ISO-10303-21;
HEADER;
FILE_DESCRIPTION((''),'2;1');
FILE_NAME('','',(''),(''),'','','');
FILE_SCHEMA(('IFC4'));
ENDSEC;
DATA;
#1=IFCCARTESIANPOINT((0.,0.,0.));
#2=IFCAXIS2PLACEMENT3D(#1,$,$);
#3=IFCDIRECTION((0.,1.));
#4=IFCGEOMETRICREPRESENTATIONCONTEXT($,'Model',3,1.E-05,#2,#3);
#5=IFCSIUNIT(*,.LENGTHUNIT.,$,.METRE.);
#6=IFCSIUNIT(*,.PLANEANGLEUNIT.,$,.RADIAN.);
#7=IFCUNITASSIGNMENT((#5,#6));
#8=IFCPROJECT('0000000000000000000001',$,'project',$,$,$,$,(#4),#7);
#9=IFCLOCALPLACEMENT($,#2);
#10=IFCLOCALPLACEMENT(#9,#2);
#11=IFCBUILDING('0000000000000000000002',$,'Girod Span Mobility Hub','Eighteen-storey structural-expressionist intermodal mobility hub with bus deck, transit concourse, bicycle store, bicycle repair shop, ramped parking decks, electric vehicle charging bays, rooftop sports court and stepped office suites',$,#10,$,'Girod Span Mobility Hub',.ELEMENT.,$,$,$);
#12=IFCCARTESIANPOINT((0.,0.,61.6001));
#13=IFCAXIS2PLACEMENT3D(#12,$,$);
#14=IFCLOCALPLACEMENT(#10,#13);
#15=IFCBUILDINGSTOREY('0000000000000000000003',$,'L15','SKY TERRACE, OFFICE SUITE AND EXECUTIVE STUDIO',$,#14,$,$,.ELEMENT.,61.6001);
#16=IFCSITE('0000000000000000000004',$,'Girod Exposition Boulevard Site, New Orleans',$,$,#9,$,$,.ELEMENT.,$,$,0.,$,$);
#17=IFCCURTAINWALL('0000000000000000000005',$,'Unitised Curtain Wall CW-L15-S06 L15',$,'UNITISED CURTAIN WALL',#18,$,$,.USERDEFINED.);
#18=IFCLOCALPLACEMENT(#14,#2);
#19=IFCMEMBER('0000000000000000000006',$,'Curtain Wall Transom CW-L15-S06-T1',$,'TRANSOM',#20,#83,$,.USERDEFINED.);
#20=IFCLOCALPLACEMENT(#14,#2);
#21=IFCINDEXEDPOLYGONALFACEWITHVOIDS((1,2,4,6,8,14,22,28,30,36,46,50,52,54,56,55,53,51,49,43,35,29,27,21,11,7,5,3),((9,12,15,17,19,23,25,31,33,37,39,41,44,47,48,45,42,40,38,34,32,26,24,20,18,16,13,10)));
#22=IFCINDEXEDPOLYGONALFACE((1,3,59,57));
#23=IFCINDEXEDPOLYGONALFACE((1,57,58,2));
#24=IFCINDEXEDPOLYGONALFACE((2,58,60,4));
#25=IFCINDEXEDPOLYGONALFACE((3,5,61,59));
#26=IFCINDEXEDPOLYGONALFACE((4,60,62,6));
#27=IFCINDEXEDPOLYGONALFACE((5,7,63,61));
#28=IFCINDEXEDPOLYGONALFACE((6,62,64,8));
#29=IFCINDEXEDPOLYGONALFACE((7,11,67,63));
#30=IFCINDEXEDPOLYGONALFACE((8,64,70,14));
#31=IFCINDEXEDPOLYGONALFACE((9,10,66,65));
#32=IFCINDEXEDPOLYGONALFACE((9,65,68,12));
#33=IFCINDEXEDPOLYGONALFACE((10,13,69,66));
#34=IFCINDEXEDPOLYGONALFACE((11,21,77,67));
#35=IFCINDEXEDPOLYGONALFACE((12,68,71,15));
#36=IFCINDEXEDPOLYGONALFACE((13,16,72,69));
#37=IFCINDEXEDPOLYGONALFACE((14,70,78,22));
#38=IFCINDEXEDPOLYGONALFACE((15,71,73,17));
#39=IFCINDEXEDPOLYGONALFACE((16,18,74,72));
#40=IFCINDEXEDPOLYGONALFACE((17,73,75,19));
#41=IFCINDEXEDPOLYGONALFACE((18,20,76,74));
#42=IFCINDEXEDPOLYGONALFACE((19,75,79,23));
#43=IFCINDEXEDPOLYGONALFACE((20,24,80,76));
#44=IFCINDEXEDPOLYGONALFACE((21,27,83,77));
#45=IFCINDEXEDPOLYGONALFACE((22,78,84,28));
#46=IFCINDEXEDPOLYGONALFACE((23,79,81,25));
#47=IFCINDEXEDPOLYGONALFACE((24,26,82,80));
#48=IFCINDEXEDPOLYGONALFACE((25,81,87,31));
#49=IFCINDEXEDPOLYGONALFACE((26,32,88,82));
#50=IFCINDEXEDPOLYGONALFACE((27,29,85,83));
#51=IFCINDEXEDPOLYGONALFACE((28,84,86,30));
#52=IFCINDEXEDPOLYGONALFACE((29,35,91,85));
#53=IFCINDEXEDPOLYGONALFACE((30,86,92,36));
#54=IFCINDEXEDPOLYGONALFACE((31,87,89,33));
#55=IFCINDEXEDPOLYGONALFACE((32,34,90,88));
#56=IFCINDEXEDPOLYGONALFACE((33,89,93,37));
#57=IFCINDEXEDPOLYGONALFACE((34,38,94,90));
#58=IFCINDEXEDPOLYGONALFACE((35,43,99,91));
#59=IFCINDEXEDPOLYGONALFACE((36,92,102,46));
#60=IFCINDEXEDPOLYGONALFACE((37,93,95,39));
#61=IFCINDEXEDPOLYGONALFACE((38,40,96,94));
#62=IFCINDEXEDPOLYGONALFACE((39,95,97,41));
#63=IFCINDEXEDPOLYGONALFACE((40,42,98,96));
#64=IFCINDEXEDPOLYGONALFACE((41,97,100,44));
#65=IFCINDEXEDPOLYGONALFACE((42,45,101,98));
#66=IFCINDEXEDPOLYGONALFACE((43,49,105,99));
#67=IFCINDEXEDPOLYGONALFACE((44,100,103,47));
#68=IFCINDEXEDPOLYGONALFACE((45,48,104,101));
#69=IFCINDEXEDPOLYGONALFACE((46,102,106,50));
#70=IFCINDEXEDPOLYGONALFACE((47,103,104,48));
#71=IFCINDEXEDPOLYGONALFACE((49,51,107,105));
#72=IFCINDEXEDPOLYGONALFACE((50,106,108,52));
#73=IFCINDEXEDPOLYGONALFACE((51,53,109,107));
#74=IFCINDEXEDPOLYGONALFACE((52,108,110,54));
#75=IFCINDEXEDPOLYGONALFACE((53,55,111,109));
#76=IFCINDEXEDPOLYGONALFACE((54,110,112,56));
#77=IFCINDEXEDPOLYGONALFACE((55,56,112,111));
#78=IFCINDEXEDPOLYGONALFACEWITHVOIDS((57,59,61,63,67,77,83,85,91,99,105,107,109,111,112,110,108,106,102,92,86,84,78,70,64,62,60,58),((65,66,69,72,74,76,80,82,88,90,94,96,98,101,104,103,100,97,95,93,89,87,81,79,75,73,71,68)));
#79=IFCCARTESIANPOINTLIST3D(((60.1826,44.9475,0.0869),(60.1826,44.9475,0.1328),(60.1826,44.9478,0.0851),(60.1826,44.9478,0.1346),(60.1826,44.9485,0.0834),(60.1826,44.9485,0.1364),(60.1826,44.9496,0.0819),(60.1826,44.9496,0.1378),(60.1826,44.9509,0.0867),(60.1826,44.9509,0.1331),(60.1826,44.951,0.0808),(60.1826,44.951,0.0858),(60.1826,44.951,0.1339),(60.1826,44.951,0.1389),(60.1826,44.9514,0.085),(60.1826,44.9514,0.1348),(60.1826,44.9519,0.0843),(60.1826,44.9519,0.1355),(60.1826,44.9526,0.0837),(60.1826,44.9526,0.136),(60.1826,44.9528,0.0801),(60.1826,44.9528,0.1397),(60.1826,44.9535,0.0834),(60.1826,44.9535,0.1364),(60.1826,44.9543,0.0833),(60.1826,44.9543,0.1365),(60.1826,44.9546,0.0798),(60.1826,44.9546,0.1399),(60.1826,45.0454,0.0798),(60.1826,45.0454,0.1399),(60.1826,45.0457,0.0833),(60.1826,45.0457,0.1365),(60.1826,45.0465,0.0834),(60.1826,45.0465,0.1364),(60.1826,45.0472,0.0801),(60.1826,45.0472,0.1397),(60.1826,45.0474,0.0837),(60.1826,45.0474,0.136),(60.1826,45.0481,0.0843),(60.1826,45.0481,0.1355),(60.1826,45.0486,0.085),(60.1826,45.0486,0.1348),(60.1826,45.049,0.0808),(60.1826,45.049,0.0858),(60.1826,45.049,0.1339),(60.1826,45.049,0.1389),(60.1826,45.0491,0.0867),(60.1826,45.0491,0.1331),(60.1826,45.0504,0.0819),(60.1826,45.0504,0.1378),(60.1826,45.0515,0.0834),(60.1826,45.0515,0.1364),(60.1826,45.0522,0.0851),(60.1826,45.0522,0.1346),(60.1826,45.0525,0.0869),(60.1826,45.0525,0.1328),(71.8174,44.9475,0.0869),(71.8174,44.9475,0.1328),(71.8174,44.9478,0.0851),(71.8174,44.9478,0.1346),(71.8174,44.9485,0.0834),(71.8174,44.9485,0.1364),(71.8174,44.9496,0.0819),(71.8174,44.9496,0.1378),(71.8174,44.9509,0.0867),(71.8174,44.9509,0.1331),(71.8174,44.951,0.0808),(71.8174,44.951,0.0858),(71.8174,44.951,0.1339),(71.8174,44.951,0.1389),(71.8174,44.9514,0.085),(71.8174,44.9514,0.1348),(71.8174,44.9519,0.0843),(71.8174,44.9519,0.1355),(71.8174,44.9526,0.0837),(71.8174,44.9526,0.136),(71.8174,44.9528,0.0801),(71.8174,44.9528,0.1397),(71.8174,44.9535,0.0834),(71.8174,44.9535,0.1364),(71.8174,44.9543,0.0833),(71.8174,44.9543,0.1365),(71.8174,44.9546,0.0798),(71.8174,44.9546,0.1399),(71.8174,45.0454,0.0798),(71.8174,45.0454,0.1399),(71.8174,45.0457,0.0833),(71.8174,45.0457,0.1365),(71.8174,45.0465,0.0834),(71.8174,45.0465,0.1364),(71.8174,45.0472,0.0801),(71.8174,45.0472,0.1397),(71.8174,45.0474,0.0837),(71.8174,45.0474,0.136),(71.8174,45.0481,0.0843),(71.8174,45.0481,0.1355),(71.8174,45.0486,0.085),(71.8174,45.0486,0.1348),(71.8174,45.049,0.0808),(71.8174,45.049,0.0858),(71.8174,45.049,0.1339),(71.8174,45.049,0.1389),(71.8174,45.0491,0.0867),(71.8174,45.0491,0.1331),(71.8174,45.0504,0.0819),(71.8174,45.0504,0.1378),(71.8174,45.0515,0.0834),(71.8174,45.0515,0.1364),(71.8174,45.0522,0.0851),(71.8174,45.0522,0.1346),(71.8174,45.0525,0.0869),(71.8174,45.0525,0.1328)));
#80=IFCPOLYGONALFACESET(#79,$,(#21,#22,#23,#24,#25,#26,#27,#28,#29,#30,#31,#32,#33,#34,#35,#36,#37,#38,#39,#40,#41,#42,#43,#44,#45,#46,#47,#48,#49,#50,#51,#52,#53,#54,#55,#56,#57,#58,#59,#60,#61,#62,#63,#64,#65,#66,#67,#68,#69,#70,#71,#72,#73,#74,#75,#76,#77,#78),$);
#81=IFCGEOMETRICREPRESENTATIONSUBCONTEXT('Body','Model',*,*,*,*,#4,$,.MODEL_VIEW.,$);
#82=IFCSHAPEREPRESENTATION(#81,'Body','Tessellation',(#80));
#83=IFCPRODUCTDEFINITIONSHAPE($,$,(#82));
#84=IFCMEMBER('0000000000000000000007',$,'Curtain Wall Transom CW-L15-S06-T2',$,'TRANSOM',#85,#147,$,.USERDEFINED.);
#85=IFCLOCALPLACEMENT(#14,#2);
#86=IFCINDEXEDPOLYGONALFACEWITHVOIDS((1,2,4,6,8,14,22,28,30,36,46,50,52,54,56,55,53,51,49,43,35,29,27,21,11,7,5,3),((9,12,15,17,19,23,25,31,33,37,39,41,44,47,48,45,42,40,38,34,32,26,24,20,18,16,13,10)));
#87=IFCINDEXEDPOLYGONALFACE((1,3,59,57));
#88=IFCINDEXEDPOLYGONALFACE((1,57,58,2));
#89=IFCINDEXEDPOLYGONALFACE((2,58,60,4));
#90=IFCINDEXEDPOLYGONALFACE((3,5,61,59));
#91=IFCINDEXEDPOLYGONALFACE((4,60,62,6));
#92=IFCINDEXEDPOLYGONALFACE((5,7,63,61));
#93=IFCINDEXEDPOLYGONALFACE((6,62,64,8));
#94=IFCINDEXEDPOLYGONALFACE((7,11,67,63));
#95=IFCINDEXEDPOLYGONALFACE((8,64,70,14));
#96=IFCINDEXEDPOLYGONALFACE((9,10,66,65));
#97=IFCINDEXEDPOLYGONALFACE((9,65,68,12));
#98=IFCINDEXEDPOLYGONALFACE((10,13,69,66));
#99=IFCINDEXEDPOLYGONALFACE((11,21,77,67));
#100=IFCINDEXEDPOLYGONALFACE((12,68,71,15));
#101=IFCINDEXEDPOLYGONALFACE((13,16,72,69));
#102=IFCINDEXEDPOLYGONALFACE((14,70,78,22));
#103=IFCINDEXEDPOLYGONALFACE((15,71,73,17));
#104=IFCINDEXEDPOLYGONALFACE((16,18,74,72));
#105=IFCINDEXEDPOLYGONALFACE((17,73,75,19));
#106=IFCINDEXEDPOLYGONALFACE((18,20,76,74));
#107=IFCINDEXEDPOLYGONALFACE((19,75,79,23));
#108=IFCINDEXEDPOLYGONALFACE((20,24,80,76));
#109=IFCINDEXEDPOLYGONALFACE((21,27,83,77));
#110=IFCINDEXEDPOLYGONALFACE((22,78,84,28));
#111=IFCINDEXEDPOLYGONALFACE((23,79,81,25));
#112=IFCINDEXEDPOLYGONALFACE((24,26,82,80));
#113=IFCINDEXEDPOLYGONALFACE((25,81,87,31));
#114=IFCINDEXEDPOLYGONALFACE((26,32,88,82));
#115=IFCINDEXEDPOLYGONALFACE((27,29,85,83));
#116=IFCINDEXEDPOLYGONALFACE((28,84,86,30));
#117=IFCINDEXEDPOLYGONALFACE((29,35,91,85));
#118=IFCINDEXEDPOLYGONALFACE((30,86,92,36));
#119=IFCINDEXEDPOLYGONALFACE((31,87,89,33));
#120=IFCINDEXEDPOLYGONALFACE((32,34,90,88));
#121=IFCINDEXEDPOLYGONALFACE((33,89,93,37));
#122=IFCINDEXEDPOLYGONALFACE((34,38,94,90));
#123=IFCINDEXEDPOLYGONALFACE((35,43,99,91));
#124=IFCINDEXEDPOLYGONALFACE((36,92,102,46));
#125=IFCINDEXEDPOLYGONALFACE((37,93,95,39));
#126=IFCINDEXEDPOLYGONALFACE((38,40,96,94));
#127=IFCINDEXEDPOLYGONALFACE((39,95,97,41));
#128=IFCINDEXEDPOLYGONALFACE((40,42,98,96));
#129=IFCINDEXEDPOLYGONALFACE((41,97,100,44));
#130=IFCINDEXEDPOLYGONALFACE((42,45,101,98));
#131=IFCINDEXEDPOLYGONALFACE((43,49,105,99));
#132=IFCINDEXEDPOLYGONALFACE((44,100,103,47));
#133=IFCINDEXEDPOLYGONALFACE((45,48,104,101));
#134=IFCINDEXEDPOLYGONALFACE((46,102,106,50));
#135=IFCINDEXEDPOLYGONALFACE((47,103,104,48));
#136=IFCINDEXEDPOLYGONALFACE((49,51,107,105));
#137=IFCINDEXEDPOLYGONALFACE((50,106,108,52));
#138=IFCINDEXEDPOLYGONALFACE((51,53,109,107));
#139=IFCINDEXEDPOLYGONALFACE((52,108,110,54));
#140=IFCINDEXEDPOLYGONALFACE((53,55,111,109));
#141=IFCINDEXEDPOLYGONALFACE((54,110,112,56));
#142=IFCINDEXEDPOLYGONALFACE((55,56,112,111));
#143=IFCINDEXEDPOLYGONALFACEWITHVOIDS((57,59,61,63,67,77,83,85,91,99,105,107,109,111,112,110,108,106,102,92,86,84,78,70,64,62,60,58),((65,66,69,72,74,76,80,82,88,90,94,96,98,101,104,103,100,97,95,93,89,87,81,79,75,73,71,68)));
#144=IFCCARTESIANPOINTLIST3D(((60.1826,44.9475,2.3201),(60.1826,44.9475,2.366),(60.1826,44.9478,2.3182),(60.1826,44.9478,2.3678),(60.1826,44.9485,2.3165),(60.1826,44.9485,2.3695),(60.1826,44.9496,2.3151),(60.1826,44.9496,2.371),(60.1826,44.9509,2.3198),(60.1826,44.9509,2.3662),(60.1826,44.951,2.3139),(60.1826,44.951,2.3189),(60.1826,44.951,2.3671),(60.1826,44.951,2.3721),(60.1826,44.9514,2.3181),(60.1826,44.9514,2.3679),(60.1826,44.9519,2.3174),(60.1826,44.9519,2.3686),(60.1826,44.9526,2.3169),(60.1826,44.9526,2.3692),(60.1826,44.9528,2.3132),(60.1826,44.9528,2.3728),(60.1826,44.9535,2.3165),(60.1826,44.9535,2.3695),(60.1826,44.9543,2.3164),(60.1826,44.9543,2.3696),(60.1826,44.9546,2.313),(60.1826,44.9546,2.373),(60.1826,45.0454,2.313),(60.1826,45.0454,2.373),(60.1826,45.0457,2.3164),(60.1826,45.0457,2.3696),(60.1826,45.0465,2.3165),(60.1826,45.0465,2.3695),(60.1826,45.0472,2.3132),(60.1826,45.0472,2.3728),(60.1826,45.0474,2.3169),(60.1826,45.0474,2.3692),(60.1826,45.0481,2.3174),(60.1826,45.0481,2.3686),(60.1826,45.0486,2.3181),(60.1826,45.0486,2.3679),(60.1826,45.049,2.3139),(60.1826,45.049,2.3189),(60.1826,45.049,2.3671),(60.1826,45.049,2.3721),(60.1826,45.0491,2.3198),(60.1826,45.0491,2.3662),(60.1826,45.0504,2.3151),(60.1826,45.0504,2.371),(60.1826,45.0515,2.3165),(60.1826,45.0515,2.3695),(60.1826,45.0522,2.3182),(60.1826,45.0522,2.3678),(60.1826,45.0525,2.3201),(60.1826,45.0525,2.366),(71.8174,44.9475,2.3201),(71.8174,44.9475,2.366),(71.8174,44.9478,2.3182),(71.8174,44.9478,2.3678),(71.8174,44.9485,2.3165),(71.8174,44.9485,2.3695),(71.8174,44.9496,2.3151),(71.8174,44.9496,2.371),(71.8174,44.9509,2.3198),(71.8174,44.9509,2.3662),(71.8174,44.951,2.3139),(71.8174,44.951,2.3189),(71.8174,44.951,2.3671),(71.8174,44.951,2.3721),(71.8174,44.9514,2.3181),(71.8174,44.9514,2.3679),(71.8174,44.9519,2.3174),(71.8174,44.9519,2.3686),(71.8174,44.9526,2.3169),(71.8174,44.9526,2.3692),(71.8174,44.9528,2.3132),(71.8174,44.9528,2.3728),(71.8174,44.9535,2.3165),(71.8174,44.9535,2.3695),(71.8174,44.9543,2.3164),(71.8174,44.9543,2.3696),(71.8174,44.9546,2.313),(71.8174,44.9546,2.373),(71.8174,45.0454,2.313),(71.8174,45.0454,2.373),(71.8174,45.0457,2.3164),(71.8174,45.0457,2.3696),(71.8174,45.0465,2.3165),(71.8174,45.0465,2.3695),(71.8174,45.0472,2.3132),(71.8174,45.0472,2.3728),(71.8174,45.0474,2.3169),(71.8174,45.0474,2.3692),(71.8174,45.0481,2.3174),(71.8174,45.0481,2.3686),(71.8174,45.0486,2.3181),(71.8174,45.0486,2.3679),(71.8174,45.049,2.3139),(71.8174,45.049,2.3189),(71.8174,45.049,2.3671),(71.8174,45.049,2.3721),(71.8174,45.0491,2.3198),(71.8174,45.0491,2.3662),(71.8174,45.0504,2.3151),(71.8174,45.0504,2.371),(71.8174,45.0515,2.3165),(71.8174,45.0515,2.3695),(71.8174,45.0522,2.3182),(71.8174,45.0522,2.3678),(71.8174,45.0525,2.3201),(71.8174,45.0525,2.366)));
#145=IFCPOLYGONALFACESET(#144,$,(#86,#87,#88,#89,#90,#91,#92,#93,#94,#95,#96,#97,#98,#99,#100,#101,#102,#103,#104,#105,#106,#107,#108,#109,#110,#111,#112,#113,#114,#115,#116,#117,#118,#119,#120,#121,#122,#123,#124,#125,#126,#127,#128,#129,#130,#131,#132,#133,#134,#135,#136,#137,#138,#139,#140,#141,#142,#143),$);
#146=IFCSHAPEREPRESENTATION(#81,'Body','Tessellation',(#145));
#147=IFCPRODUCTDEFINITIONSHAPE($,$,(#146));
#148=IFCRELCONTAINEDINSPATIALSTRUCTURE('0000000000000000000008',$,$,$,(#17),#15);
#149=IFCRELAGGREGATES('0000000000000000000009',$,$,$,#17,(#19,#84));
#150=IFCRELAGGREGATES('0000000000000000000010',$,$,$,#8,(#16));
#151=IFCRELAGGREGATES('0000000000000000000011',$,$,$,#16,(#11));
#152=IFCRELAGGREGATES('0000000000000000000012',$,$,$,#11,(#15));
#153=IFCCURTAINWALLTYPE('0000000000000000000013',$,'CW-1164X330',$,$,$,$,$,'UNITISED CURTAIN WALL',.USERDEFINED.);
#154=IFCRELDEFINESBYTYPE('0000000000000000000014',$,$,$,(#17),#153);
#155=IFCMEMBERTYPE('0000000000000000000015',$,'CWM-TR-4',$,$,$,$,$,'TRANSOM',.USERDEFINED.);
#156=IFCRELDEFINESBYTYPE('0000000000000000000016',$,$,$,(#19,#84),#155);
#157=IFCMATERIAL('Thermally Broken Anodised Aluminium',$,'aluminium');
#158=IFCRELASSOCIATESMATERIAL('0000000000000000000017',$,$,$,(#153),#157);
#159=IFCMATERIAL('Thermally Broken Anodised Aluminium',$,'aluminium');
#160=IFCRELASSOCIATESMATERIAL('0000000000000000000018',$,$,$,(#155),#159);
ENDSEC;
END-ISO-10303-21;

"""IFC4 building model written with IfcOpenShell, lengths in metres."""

from ifc_helpers import new_model, si_unit, direction, frame, origin, origin_2d, place, context, subcontext, project, spatial, hollow_rectangle, extrude, material, material_profile, profile_set, type_object, element, aggregate, save


model = new_model("IFC4")

# Units and contexts
model_context = context("Model", 3, precision=1e-05, world=origin(), true_north=direction((0.0, 1.0)))
body_context = subcontext(model_context, "Body", "Model", "MODEL_VIEW")
ifc_project = project(units=[si_unit("LENGTHUNIT", "METRE"), si_unit("PLANEANGLEUNIT", "RADIAN")], contexts=[model_context])

# Site, building, storey
site_placement = place(None, origin())
site = spatial("IfcSite", under=ifc_project, at=site_placement, Name="Girod Exposition Boulevard Site, New Orleans", CompositionType="ELEMENT", RefElevation=0.0)
building_placement = place(site_placement, origin())
building = spatial("IfcBuilding", under=site, at=building_placement, Name="Girod Span Mobility Hub", Description="Eighteen-storey structural-expressionist intermodal mobility hub with bus deck, transit concourse, bicycle store, bicycle repair shop, ramped parking decks, electric vehicle charging bays, rooftop sports court and stepped office suites", LongName="Girod Span Mobility Hub", CompositionType="ELEMENT")
storey_placement = place(building_placement, frame((0.0, 0.0, 61.6001)))
storey = spatial("IfcBuildingStorey", under=building, at=storey_placement, Name="L15", Description="SKY TERRACE, OFFICE SUITE AND EXECUTIVE STUDIO", CompositionType="ELEMENT", Elevation=61.6001)

# Curtain wall, members
ifc_material_1 = material(Name="Thermally Broken Anodised Aluminium", Category="aluminium")
curtain_wall_type = type_object("IfcCurtainWallType", Name="CW-1164X330", ElementType="UNITISED CURTAIN WALL", PredefinedType="USERDEFINED", material=ifc_material_1)
curtain_wall_placement = place(storey_placement, origin())
curtain_wall = element("IfcCurtainWall", 1, at=curtain_wall_placement, inside=storey, type_object=curtain_wall_type, Name="Unitised Curtain Wall CW-L15-S06 L15", ObjectType="UNITISED CURTAIN WALL", PredefinedType="USERDEFINED")
ifc_material_2 = material(Name="Thermally Broken Anodised Aluminium", Category="aluminium")
ifc_material_profile_1 = material_profile(ifc_material_2, hollow_rectangle(XDim=0.105, YDim=0.0601, WallThickness=0.0034, InnerFilletRadius=0.0034, OuterFilletRadius=0.0071, at=origin_2d()), Name="CW-TR-60X105")
ifc_profile_set_1 = profile_set([ifc_material_profile_1], Name="Thermally Broken Anodised Aluminium")
member_type_1 = type_object("IfcMemberType", Name="CWM-TR-4", ElementType="TRANSOM", PredefinedType="USERDEFINED", material=ifc_profile_set_1)
member_1_placement = place(storey_placement, frame((60.1826, 45.0, 0.1099), z_axis=(1.0, 0.0, 0.0), x_axis=(0.0, 1.0, 0.0)))
member_1 = element("IfcMember", 2, at=member_1_placement, type_object=member_type_1, Name="Curtain Wall Transom CW-L15-S06-T1", ObjectType="TRANSOM", PredefinedType="USERDEFINED", context=body_context, shape_type="SweptSolid", body=[
    extrude(hollow_rectangle(XDim=0.105, YDim=0.0601, WallThickness=0.0034, InnerFilletRadius=0.0034, OuterFilletRadius=0.0071, at=origin_2d()), origin(), (0.0, 0.0, 1.0), 11.6348),
])
member_2_placement = place(storey_placement, frame((60.1826, 45.0, 2.343), z_axis=(1.0, 0.0, 0.0), x_axis=(0.0, 1.0, 0.0)))
member_2 = element("IfcMember", 3, at=member_2_placement, type_object=member_type_1, Name="Curtain Wall Transom CW-L15-S06-T2", ObjectType="TRANSOM", PredefinedType="USERDEFINED", context=body_context, shape_type="SweptSolid", body=[
    extrude(hollow_rectangle(XDim=0.105, YDim=0.0601, WallThickness=0.0034, InnerFilletRadius=0.0034, OuterFilletRadius=0.0071, at=origin_2d()), origin(), (0.0, 0.0, 1.0), 11.6348),
])

aggregate(curtain_wall, [member_1, member_2])

save(model, "model.ifc")
